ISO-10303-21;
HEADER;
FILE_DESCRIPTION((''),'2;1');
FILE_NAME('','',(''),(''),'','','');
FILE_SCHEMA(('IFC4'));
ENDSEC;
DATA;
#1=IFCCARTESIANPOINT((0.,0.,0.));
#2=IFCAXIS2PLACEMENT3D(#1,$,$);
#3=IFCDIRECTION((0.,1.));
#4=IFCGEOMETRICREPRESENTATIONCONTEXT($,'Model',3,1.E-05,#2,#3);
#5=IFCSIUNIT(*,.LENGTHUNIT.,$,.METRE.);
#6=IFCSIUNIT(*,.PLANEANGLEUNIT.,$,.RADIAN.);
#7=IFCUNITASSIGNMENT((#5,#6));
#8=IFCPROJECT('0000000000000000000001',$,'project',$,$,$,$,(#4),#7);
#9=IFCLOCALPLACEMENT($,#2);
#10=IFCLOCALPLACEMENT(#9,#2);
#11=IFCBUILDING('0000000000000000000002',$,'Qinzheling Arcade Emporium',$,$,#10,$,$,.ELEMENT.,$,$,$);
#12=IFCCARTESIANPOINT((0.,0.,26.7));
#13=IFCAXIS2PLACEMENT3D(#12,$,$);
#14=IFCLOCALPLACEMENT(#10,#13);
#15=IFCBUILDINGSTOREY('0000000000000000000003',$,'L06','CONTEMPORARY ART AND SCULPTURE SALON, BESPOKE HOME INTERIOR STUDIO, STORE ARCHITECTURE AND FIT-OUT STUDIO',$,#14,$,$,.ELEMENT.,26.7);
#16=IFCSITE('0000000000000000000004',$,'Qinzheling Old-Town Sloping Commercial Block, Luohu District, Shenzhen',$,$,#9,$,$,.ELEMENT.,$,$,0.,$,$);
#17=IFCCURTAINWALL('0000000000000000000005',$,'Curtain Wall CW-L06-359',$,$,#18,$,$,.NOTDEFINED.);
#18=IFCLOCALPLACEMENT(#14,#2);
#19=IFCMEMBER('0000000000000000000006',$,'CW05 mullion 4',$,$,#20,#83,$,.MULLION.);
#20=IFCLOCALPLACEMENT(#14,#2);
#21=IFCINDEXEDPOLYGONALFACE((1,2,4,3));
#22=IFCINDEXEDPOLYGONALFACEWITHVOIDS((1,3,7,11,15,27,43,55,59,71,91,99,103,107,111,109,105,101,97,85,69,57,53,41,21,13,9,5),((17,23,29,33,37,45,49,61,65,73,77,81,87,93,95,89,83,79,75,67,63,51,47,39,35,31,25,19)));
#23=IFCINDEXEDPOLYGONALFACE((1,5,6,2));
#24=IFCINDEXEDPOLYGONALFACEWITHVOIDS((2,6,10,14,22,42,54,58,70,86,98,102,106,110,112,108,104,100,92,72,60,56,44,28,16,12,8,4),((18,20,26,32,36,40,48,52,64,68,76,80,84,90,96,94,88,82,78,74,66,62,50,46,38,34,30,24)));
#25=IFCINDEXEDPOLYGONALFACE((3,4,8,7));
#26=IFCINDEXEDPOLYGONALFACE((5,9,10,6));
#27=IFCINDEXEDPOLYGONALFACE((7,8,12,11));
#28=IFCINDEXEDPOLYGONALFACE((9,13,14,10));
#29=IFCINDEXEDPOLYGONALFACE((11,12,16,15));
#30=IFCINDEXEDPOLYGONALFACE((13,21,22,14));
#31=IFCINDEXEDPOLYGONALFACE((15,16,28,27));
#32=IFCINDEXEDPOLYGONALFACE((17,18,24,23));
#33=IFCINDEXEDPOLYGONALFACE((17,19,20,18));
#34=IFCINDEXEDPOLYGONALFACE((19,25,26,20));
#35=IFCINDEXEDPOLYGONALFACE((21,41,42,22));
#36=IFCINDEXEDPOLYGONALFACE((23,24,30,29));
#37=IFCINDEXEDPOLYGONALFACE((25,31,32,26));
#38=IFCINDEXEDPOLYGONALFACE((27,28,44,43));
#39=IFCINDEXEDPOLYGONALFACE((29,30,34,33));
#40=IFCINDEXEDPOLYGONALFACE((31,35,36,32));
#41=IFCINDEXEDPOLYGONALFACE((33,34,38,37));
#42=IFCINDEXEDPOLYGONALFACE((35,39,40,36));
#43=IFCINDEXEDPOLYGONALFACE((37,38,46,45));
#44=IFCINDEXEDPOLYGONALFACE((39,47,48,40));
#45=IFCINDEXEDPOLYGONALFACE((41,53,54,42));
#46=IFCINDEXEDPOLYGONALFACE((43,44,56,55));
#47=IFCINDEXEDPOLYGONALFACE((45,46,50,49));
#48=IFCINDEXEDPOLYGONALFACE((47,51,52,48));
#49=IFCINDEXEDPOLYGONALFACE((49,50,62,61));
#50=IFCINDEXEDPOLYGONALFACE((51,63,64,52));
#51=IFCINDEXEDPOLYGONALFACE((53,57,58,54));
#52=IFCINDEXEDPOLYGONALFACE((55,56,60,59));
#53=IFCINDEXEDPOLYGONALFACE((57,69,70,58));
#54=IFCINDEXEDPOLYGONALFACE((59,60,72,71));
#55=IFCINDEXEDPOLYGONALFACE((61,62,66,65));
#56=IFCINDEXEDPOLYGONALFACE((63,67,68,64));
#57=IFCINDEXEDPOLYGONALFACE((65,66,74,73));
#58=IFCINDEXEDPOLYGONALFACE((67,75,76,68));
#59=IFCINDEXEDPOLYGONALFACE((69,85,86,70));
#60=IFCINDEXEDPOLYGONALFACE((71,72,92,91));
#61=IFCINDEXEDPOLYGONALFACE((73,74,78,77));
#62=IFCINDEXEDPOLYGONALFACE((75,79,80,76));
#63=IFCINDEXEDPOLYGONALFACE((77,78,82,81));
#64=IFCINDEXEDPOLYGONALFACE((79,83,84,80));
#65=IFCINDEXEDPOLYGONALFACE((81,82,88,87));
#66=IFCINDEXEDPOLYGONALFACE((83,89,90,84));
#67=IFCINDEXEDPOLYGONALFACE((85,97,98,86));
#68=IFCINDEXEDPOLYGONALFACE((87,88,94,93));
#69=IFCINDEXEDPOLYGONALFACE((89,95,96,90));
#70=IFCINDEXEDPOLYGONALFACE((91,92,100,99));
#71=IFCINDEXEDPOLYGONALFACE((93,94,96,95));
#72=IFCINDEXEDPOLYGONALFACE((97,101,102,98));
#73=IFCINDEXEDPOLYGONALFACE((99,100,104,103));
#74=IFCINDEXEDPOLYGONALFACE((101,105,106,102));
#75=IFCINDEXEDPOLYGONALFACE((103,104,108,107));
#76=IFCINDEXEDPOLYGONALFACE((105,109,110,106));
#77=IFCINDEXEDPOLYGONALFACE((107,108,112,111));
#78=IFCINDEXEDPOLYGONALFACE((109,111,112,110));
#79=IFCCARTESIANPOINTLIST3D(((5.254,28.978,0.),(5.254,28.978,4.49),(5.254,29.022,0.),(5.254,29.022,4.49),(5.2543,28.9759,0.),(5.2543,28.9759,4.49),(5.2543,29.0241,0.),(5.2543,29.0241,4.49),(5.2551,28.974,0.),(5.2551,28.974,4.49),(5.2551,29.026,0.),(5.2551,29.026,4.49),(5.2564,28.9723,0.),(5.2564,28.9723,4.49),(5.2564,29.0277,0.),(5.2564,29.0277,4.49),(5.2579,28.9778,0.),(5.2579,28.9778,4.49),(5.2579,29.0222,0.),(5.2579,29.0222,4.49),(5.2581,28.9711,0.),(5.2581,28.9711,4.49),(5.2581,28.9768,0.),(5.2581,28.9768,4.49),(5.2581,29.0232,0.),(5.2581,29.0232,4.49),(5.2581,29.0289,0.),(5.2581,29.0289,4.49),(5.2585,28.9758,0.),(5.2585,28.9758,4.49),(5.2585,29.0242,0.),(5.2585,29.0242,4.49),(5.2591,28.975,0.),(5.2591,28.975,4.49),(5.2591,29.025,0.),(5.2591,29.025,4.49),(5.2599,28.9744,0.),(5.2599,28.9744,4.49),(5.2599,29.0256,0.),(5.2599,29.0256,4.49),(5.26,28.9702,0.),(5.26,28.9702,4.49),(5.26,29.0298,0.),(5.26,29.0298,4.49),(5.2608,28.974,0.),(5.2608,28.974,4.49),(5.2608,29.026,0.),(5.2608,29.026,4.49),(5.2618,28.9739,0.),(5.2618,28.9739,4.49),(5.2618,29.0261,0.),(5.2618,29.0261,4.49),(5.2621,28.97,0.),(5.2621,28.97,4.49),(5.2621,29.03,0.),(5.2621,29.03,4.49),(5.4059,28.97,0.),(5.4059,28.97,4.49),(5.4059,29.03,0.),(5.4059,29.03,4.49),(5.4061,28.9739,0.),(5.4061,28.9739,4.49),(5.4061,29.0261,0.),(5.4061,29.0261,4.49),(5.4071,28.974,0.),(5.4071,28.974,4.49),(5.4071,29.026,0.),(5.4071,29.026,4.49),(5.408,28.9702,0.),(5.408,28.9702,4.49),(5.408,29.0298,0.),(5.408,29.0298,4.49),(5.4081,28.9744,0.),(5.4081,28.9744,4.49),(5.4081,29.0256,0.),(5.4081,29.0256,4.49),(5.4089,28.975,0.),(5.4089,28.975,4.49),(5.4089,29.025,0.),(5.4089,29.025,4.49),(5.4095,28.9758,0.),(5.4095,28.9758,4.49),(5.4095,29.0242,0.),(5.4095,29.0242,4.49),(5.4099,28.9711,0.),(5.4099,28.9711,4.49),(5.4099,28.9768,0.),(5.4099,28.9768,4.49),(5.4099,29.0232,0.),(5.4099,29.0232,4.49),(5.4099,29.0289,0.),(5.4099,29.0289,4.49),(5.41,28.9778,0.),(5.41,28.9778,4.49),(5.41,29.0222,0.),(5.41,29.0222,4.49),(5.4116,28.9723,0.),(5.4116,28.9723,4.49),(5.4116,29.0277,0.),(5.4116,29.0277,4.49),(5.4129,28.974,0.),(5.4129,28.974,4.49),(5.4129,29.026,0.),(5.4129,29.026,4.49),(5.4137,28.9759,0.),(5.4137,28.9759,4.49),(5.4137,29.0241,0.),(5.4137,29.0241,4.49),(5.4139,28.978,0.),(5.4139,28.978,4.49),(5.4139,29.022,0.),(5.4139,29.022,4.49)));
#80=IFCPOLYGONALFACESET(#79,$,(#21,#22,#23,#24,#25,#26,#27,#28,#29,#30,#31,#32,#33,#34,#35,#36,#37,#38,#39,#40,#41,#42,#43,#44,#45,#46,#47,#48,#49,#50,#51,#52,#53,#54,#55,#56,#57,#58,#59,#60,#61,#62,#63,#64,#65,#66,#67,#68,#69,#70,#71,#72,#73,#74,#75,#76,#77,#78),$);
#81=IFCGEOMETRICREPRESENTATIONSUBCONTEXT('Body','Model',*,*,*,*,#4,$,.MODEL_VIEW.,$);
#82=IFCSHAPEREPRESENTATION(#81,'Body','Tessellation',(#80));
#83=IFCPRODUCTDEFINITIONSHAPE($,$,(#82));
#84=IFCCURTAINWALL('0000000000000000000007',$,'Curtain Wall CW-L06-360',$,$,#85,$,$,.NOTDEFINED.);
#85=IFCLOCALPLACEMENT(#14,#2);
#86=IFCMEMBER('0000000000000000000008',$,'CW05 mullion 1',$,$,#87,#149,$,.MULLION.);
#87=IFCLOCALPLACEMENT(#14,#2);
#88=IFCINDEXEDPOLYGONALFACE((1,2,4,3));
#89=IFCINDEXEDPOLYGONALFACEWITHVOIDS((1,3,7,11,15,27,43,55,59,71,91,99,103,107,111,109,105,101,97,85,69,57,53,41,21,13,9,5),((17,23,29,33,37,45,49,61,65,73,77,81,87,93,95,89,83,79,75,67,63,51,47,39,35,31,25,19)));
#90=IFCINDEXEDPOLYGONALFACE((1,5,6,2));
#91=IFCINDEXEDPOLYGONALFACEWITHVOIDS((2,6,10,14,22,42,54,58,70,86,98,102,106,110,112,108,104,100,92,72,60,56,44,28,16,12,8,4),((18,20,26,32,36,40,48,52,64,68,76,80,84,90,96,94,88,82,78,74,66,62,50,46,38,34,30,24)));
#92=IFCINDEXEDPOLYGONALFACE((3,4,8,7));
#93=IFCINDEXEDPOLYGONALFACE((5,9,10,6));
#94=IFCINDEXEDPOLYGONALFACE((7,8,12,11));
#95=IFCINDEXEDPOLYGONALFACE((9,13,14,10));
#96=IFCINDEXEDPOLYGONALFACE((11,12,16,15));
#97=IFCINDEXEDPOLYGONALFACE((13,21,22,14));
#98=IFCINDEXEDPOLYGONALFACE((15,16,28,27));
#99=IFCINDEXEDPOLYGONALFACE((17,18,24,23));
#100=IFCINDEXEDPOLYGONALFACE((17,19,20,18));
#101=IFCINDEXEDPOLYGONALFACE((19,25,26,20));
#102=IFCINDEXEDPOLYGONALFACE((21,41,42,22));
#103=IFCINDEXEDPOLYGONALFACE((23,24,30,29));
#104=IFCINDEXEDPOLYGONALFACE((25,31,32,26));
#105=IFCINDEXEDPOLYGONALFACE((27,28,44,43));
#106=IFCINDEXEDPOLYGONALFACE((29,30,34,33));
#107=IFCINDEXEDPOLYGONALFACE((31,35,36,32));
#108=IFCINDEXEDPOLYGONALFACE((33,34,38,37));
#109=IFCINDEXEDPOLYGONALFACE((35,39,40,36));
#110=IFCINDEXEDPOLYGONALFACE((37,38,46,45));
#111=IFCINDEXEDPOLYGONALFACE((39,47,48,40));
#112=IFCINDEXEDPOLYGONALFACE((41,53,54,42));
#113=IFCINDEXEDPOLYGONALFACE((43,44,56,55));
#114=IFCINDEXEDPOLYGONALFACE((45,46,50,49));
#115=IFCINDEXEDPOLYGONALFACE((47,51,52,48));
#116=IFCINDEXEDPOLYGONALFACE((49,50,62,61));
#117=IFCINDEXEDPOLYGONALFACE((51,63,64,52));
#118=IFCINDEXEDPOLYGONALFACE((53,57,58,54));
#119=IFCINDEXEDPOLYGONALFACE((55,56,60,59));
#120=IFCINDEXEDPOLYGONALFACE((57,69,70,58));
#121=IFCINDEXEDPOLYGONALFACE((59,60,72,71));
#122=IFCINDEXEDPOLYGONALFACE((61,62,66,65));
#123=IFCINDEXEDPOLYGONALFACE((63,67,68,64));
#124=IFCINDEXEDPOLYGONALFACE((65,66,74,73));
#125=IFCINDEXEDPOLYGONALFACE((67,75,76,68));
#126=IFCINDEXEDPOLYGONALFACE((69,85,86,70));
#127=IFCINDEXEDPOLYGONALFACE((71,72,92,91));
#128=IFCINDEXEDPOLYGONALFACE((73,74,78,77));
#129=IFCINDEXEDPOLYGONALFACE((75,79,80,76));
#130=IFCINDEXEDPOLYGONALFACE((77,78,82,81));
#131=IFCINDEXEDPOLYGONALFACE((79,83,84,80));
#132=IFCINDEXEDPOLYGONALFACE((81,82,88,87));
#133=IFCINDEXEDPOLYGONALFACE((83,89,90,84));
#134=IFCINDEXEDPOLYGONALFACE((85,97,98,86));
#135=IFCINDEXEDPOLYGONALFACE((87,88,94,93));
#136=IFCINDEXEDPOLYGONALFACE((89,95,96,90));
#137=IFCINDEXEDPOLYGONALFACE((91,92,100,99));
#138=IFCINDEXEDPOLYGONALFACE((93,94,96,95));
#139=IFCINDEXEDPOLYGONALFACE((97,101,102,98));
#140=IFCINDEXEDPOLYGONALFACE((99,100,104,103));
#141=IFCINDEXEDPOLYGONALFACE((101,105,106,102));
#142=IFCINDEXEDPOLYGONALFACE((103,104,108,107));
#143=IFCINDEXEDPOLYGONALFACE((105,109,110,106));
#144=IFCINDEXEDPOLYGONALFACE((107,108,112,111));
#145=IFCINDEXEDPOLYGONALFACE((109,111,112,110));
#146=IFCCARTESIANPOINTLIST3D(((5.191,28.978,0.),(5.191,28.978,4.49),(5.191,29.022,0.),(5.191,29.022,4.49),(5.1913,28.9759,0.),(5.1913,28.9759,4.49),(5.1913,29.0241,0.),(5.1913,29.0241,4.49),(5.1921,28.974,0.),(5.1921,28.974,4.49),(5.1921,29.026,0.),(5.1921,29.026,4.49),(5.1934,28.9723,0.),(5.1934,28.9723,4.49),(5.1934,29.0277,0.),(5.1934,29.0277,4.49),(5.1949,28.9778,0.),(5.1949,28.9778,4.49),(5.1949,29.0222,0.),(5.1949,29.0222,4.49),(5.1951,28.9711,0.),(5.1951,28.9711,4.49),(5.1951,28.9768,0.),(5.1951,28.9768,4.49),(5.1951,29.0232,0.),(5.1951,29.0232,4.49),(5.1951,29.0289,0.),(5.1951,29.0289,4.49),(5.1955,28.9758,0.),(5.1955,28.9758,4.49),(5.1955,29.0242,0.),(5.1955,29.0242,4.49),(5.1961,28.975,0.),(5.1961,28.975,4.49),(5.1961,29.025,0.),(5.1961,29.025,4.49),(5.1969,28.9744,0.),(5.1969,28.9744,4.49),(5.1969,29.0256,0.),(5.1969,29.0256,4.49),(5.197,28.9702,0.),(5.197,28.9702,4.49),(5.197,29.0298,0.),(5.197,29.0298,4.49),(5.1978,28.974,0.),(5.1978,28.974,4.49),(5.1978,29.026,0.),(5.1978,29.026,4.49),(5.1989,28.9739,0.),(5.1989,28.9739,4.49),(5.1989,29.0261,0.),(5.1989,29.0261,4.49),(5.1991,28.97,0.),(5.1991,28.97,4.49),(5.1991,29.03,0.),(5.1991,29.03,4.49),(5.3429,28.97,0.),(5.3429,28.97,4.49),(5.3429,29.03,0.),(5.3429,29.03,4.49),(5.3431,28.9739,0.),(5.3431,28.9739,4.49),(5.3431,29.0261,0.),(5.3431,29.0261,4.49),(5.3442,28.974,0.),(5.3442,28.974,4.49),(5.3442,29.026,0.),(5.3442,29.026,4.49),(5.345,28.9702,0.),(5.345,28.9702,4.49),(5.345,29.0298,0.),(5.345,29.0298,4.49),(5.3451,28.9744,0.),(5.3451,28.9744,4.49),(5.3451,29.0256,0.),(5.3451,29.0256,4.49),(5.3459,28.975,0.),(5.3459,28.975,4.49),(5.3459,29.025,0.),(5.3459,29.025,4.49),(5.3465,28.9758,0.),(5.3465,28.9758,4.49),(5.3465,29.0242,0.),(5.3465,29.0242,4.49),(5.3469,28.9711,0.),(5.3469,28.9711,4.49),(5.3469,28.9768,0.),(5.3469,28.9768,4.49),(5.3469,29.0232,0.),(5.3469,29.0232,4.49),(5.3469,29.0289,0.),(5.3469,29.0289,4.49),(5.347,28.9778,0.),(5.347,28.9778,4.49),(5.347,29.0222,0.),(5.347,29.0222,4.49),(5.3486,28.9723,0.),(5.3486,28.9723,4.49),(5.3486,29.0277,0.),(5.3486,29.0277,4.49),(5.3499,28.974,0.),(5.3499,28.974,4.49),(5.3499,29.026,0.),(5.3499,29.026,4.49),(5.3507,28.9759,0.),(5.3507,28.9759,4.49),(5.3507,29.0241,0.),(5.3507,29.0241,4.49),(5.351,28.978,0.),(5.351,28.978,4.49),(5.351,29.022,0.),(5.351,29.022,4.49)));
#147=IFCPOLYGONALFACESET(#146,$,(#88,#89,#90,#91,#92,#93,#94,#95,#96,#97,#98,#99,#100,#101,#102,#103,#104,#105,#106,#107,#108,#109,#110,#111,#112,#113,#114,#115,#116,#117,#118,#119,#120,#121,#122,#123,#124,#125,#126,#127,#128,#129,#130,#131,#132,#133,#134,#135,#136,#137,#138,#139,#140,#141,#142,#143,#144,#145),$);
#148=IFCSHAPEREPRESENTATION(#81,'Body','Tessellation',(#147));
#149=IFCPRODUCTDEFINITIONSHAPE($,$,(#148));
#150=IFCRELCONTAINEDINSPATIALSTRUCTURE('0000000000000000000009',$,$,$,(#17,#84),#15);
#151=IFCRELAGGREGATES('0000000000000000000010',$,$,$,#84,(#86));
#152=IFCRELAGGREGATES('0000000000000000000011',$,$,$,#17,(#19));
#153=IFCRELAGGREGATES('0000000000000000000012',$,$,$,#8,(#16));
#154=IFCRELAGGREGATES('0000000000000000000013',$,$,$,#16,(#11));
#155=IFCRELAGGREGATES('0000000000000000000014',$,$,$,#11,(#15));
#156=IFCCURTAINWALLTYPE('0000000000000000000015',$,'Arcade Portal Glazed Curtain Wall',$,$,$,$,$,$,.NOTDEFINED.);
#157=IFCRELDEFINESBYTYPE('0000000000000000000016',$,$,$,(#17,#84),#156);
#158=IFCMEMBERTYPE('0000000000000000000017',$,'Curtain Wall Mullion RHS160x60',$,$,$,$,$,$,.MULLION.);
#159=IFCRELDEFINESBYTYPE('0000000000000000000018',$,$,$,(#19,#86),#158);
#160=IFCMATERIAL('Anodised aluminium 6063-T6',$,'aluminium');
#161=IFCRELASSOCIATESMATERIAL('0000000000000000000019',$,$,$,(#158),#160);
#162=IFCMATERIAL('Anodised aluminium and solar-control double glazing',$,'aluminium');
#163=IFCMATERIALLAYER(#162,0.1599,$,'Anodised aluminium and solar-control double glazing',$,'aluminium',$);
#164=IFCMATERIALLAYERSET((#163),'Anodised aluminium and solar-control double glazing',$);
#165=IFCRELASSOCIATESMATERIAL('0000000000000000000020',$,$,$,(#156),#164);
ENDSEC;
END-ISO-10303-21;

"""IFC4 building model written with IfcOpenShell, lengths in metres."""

from ifc_helpers import new_model, si_unit, direction, frame, origin, origin_2d, place, context, subcontext, project, spatial, hollow_rectangle, extrude, material, layer, layer_set, material_profile, profile_set, type_object, element, aggregate, save


model = new_model("IFC4")

# Units and contexts
model_context = context("Model", 3, precision=1e-05, world=origin(), true_north=direction((0.0, 1.0)))
body_context = subcontext(model_context, "Body", "Model", "MODEL_VIEW")
ifc_project = project(units=[si_unit("LENGTHUNIT", "METRE"), si_unit("PLANEANGLEUNIT", "RADIAN")], contexts=[model_context])

# Site, building, storey
site_placement = place(None, origin())
site = spatial("IfcSite", under=ifc_project, at=site_placement, Name="Qinzheling Old-Town Sloping Commercial Block, Luohu District, Shenzhen", CompositionType="ELEMENT", RefElevation=0.0)
building_placement = place(site_placement, origin())
building = spatial("IfcBuilding", under=site, at=building_placement, Name="Qinzheling Arcade Emporium", CompositionType="ELEMENT")
storey_placement = place(building_placement, frame((0.0, 0.0, 26.7)))
storey = spatial("IfcBuildingStorey", under=building, at=storey_placement, Name="L06", Description="CONTEMPORARY ART AND SCULPTURE SALON, BESPOKE HOME INTERIOR STUDIO, STORE ARCHITECTURE AND FIT-OUT STUDIO", CompositionType="ELEMENT", Elevation=26.7)

# Shared definitions
ifc_material_1 = material(Name="Anodised aluminium and solar-control double glazing", Category="aluminium")
ifc_material_2 = material(Name="Anodised aluminium 6063-T6", Category="aluminium")
ifc_material_profile_1 = material_profile(ifc_material_2, hollow_rectangle(XDim=0.0601, YDim=0.1599, WallThickness=0.0039, InnerFilletRadius=0.0039, OuterFilletRadius=0.0081, at=origin_2d()), Name="RHS 160x60x4", Category="aluminium")
ifc_profile_set_1 = profile_set([ifc_material_profile_1], Name="Anodised aluminium 6063-T6")
member_type_1 = type_object("IfcMemberType", Name="Curtain Wall Mullion RHS160x60", PredefinedType="MULLION", material=ifc_profile_set_1)

# Curtain wall, member
ifc_layer_1 = layer(ifc_material_1, 0.1599, Name="Anodised aluminium and solar-control double glazing", Category="aluminium")
ifc_layer_set_1 = layer_set([ifc_layer_1], Name="Anodised aluminium and solar-control double glazing")
curtain_wall_type_1 = type_object("IfcCurtainWallType", Name="Arcade Portal Glazed Curtain Wall", PredefinedType="NOTDEFINED", material=ifc_layer_set_1)
curtain_wall_1_placement = place(storey_placement, origin())
curtain_wall_1 = element("IfcCurtainWall", 1, at=curtain_wall_1_placement, inside=storey, type_object=curtain_wall_type_1, Name="Curtain Wall CW-L06-359", PredefinedType="NOTDEFINED")
member_1_placement = place(storey_placement, frame((5.334, 29.0, 0.0), z_axis=(0.0, 0.0, 1.0), x_axis=(0.0, -1.0, 0.0)))
member_1 = element("IfcMember", 2, at=member_1_placement, type_object=member_type_1, Name="CW05 mullion 4", PredefinedType="MULLION", context=body_context, shape_type="SweptSolid", body=[
    extrude(hollow_rectangle(XDim=0.0601, YDim=0.1599, WallThickness=0.0039, InnerFilletRadius=0.0039, OuterFilletRadius=0.0081, at=origin_2d()), origin(), (0.0, 0.0, 1.0), 4.49),
])

# Curtain wall, member
curtain_wall_2_placement = place(storey_placement, origin())
curtain_wall_2 = element("IfcCurtainWall", 3, at=curtain_wall_2_placement, inside=storey, type_object=curtain_wall_type_1, Name="Curtain Wall CW-L06-360", PredefinedType="NOTDEFINED")
member_2_placement = place(storey_placement, frame((5.271, 29.0, 0.0), z_axis=(0.0, 0.0, 1.0), x_axis=(0.0, -1.0, 0.0)))
member_2 = element("IfcMember", 4, at=member_2_placement, type_object=member_type_1, Name="CW05 mullion 1", PredefinedType="MULLION", context=body_context, shape_type="SweptSolid", body=[
    extrude(hollow_rectangle(XDim=0.0601, YDim=0.1599, WallThickness=0.0039, InnerFilletRadius=0.0039, OuterFilletRadius=0.0081, at=origin_2d()), origin(), (0.0, 0.0, 1.0), 4.49),
])
aggregate(curtain_wall_2, [member_2])

aggregate(curtain_wall_1, [member_1])

save(model, "model.ifc")
